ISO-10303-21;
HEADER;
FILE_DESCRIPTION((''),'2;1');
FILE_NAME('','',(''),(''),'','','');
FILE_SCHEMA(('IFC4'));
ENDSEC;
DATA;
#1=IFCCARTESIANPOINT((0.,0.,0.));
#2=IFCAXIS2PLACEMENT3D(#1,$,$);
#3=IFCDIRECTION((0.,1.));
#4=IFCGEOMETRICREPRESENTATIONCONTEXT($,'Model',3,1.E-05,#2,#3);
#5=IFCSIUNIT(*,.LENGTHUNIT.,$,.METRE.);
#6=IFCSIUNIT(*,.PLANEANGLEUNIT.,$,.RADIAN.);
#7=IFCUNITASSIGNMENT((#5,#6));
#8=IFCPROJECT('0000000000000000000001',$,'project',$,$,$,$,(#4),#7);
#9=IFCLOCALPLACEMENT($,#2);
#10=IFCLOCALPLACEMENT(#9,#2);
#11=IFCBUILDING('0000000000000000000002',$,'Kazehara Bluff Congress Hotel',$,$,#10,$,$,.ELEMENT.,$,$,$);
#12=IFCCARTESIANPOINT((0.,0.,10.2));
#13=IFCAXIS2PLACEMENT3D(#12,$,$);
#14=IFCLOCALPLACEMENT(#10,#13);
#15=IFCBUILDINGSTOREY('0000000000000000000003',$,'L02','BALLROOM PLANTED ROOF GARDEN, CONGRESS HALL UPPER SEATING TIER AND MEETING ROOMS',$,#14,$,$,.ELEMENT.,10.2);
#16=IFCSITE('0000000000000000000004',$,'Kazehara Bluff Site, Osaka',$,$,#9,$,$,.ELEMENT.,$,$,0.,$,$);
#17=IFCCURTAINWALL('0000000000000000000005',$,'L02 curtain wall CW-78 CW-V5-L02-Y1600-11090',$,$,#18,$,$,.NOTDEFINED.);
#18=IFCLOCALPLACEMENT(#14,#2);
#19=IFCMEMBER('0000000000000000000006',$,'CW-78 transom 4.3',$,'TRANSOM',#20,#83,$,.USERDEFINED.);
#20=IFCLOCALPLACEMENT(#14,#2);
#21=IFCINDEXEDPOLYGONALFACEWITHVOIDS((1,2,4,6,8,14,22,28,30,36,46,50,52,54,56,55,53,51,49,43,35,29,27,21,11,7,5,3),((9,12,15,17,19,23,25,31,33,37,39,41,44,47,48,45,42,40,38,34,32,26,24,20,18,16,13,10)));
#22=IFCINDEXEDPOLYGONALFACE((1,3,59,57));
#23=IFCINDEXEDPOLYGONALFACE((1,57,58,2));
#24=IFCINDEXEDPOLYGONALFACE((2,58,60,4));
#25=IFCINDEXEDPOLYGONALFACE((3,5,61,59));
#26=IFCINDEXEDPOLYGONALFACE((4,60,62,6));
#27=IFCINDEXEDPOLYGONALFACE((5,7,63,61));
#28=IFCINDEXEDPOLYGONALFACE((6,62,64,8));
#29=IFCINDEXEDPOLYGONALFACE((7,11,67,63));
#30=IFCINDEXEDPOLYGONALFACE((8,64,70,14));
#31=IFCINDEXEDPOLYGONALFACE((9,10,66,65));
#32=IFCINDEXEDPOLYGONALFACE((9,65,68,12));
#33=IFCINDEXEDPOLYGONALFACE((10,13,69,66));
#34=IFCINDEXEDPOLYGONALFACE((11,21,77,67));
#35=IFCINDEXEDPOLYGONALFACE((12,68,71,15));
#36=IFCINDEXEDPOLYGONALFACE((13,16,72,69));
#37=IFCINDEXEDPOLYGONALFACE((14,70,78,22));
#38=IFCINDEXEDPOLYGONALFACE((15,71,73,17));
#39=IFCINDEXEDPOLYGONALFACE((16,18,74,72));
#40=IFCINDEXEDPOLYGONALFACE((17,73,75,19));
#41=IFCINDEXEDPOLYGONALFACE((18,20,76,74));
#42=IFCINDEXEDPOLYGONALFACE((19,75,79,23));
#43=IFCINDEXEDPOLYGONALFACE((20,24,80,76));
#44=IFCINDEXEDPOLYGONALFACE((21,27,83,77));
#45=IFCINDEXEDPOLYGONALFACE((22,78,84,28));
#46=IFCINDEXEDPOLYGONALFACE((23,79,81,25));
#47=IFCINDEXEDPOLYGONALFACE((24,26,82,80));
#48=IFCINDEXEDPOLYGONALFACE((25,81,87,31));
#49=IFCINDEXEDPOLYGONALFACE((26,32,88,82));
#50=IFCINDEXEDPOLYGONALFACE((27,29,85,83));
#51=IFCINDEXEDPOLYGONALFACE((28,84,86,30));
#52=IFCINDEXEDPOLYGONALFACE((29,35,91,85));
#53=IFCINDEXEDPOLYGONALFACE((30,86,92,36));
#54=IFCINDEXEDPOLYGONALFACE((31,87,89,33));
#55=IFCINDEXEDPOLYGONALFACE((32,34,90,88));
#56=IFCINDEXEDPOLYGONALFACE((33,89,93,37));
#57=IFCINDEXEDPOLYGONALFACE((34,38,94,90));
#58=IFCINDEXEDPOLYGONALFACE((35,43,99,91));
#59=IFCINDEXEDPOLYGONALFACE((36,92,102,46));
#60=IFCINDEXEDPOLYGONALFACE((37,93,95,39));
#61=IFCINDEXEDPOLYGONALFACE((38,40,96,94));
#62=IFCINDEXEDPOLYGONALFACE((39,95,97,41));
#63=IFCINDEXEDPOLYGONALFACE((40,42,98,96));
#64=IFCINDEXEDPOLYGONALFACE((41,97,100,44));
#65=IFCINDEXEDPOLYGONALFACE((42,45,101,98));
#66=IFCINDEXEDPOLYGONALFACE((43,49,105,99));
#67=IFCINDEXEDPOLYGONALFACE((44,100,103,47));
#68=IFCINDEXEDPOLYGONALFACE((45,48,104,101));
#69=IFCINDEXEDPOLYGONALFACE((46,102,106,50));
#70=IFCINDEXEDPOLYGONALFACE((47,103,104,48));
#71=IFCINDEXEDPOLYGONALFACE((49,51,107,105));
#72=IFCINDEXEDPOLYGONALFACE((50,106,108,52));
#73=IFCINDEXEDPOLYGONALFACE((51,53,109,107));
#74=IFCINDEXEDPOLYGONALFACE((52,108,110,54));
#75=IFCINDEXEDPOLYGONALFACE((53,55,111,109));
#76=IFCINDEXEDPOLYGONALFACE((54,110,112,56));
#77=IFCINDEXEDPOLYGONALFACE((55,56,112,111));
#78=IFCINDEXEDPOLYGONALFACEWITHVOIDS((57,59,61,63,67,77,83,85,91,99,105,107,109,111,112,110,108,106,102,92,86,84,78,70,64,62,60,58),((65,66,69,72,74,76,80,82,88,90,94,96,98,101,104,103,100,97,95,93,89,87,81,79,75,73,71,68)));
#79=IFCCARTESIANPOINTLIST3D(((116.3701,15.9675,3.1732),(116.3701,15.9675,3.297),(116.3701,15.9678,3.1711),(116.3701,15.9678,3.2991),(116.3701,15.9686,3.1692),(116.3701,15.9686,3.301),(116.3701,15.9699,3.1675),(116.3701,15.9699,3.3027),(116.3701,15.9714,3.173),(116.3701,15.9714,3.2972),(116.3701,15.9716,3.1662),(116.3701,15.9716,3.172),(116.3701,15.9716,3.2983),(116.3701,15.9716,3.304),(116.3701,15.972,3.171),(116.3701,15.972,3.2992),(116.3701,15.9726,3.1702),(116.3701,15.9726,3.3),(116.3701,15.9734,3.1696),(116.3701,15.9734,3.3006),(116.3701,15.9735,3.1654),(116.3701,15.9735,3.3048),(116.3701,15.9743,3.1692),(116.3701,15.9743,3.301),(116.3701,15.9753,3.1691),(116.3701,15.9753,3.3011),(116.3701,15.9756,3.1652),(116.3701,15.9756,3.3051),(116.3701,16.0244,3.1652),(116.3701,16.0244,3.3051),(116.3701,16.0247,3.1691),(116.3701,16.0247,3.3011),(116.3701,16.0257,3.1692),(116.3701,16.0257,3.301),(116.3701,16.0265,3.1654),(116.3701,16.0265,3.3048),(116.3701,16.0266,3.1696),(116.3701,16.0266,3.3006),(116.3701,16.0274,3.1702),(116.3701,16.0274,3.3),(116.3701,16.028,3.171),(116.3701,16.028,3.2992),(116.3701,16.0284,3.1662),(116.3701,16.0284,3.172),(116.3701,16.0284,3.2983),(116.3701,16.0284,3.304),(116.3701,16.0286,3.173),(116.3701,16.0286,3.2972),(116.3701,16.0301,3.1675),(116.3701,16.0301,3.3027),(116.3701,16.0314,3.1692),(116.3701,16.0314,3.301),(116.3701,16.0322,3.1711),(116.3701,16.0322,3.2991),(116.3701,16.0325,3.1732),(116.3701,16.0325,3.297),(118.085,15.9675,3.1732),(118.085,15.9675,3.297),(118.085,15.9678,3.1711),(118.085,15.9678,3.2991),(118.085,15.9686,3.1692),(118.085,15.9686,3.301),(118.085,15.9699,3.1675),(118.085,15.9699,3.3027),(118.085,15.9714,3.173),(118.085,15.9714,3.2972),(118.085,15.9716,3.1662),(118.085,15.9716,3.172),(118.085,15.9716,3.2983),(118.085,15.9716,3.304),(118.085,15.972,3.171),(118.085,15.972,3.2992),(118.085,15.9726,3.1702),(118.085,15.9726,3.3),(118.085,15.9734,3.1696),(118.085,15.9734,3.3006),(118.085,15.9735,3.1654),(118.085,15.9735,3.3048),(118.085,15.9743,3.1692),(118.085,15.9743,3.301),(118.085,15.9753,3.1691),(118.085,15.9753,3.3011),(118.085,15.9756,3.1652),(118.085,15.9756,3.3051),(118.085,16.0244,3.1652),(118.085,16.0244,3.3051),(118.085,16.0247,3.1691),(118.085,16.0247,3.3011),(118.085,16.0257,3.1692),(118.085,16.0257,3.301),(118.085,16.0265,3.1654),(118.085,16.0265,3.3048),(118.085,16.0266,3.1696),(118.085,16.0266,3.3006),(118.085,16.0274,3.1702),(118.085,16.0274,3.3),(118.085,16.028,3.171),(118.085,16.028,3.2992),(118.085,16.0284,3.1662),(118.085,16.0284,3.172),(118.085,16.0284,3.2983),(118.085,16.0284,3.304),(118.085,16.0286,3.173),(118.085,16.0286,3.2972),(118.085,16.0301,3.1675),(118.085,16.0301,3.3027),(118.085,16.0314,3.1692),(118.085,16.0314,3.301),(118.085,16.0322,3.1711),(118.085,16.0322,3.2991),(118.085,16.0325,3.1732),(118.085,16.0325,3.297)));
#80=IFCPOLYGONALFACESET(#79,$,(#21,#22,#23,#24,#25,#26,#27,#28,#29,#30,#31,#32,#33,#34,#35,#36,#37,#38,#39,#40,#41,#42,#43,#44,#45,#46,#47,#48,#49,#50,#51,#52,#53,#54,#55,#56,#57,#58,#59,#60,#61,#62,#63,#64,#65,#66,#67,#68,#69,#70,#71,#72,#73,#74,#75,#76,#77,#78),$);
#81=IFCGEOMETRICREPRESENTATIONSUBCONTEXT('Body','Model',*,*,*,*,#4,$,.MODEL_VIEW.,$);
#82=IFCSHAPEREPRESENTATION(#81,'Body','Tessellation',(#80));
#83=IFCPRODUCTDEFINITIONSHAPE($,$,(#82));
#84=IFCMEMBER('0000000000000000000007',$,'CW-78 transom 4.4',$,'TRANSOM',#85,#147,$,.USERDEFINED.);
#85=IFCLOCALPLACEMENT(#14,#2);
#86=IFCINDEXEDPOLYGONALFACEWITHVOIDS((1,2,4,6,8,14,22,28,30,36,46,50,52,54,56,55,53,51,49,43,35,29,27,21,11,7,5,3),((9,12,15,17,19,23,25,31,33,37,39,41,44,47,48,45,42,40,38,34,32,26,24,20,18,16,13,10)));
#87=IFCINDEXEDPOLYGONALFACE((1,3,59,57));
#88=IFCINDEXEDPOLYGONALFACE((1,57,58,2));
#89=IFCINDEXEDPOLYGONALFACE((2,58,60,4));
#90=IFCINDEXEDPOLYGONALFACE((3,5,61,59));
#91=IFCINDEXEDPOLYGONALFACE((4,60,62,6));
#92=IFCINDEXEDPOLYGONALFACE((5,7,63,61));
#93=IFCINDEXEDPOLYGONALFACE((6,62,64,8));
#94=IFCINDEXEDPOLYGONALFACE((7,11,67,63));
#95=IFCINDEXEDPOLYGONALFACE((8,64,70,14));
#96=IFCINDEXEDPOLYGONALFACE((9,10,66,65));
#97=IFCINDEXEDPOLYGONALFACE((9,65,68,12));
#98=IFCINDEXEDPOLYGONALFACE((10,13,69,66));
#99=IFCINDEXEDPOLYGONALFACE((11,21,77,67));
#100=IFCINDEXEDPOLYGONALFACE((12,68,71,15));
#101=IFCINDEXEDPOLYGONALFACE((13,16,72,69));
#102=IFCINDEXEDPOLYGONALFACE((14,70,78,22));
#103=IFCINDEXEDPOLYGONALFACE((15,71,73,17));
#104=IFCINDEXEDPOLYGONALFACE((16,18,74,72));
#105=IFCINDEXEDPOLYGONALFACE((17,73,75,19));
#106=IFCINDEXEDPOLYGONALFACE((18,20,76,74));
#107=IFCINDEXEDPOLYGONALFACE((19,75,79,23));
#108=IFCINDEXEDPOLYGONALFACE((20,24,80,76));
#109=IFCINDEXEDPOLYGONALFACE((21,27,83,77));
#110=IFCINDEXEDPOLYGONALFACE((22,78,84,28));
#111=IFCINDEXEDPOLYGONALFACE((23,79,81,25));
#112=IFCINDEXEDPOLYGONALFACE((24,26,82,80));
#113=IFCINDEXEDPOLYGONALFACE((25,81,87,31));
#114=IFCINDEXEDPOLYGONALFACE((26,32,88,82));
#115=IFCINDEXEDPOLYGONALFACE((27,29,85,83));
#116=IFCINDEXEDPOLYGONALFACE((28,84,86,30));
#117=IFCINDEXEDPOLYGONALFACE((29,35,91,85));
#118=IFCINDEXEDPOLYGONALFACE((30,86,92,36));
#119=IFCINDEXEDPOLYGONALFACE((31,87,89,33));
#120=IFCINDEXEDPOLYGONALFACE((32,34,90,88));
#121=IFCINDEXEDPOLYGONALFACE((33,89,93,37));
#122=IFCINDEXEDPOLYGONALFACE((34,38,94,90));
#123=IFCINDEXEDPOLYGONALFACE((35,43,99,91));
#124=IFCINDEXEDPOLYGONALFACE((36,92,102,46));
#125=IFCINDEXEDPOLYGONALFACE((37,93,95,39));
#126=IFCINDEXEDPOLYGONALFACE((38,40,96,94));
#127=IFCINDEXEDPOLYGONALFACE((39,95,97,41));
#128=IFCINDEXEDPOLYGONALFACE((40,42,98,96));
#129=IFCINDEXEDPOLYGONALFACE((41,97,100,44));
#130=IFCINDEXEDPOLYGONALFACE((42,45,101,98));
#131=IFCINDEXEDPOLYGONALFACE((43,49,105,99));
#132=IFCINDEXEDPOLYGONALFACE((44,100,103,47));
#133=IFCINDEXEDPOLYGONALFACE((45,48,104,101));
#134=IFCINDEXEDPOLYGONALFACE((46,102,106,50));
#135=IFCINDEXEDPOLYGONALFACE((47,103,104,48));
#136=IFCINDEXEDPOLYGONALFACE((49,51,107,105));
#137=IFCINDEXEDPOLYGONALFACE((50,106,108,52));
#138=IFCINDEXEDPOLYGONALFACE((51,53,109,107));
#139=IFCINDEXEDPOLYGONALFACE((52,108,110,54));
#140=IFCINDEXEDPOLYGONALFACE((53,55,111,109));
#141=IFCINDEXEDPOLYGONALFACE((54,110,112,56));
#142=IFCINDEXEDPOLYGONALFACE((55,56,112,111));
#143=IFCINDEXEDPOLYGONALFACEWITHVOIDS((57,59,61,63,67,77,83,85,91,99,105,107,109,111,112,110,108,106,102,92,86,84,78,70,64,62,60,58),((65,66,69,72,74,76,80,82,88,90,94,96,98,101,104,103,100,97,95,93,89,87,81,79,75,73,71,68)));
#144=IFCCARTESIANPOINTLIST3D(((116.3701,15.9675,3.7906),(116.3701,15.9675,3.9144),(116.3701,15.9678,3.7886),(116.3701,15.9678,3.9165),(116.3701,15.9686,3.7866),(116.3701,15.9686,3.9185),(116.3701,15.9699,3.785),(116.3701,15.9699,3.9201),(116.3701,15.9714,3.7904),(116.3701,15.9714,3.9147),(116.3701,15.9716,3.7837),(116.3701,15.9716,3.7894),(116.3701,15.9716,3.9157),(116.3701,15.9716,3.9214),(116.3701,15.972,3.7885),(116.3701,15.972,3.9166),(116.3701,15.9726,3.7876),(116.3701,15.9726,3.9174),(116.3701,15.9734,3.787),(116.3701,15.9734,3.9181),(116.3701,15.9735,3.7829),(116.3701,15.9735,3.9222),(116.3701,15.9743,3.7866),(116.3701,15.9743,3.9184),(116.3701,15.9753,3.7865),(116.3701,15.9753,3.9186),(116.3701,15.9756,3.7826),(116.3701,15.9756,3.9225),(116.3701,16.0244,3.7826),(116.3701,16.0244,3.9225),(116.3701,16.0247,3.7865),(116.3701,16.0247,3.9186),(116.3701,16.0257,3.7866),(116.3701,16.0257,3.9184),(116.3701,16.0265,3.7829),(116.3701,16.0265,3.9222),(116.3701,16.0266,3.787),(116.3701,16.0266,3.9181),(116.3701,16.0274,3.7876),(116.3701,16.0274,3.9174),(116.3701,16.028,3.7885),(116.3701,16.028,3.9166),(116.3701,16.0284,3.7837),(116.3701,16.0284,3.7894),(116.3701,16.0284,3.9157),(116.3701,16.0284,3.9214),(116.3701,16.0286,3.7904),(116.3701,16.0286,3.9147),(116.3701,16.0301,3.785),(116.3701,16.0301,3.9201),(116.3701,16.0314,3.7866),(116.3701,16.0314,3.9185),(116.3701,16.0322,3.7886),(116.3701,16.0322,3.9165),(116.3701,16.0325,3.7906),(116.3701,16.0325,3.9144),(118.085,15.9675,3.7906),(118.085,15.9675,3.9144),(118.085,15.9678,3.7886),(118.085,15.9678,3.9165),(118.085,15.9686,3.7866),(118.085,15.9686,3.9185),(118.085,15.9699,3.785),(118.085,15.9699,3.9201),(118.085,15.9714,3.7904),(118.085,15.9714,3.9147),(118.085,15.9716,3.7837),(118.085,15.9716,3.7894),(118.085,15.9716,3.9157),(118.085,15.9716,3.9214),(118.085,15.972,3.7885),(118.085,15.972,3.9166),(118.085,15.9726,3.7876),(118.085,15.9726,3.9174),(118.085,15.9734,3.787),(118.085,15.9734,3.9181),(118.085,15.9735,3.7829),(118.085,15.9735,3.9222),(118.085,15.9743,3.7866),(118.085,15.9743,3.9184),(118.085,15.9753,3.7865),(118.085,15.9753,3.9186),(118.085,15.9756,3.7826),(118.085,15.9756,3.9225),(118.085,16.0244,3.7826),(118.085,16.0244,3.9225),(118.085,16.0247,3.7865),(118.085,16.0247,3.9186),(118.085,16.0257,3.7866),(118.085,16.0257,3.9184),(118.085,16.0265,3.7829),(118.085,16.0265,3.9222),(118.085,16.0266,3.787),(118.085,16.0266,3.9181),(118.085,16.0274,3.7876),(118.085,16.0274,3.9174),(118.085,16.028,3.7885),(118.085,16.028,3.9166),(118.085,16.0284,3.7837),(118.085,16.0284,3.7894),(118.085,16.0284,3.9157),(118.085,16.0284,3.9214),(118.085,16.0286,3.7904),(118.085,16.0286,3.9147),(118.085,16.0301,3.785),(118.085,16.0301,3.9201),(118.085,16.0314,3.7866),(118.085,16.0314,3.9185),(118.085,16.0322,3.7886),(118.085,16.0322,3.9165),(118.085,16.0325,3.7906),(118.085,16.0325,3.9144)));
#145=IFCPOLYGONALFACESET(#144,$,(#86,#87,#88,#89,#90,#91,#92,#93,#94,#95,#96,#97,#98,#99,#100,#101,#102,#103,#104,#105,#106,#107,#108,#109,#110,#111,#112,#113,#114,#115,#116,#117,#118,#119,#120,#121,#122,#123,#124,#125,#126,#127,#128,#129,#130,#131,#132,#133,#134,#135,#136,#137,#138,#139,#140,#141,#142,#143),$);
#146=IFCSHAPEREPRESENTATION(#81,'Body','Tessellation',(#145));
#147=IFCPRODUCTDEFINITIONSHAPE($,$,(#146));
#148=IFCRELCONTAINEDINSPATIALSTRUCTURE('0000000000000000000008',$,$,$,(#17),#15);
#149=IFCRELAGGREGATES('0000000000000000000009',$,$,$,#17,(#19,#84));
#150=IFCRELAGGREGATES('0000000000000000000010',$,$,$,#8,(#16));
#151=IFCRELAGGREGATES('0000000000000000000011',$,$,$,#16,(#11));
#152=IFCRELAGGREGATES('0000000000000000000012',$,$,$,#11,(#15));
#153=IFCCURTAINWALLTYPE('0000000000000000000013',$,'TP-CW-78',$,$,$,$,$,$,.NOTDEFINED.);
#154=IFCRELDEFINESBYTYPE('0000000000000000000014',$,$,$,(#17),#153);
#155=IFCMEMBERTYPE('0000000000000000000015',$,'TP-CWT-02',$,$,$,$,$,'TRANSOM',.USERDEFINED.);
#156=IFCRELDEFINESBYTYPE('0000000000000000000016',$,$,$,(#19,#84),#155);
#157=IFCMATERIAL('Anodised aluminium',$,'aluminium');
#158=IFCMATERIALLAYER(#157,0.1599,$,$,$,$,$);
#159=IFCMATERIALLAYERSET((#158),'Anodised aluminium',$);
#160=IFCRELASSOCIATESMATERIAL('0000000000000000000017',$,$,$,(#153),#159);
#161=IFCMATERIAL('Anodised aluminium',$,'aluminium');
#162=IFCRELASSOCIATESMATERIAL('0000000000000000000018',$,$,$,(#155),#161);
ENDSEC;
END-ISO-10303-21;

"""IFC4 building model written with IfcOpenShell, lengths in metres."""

from ifc_helpers import new_model, si_unit, direction, frame, origin, origin_2d, place, context, subcontext, project, spatial, hollow_rectangle, extrude, material, layer, layer_set, material_profile, profile_set, type_object, element, aggregate, save


model = new_model("IFC4")

# Units and contexts
model_context = context("Model", 3, precision=1e-05, world=origin(), true_north=direction((0.0, 1.0)))
body_context = subcontext(model_context, "Body", "Model", "MODEL_VIEW")
ifc_project = project(units=[si_unit("LENGTHUNIT", "METRE"), si_unit("PLANEANGLEUNIT", "RADIAN")], contexts=[model_context])

# Site, building, storey
site_placement = place(None, origin())
site = spatial("IfcSite", under=ifc_project, at=site_placement, Name="Kazehara Bluff Site, Osaka", CompositionType="ELEMENT", RefElevation=0.0)
building_placement = place(site_placement, origin())
building = spatial("IfcBuilding", under=site, at=building_placement, Name="Kazehara Bluff Congress Hotel", CompositionType="ELEMENT")
storey_placement = place(building_placement, frame((0.0, 0.0, 10.2)))
storey = spatial("IfcBuildingStorey", under=building, at=storey_placement, Name="L02", Description="BALLROOM PLANTED ROOF GARDEN, CONGRESS HALL UPPER SEATING TIER AND MEETING ROOMS", CompositionType="ELEMENT", Elevation=10.2)

# Curtain wall
ifc_material_1 = material(Name="Anodised aluminium", Category="aluminium")
ifc_layer_1 = layer(ifc_material_1, 0.1599)
ifc_layer_set_1 = layer_set([ifc_layer_1], Name="Anodised aluminium")
curtain_wall_type_1 = type_object("IfcCurtainWallType", Name="TP-CW-78", PredefinedType="NOTDEFINED", material=ifc_layer_set_1)
curtain_wall_1_placement = place(storey_placement, origin())
curtain_wall_1 = element("IfcCurtainWall", 1, at=curtain_wall_1_placement, inside=storey, type_object=curtain_wall_type_1, Name="L02 curtain wall CW-78 CW-V5-L02-Y1600-11090", PredefinedType="NOTDEFINED")

# Members
ifc_material_2 = material(Name="Anodised aluminium", Category="aluminium")
ifc_material_profile_1 = material_profile(ifc_material_2, hollow_rectangle(XDim=0.0649, YDim=0.1399, WallThickness=0.0039, InnerFilletRadius=0.0039, OuterFilletRadius=0.0081, at=origin_2d()))
ifc_profile_set_1 = profile_set([ifc_material_profile_1], Name="Anodised aluminium")
member_type_1 = type_object("IfcMemberType", Name="TP-CWT-02", ElementType="TRANSOM", PredefinedType="USERDEFINED", material=ifc_profile_set_1)
member_1_placement = place(storey_placement, frame((116.3701, 16.0, 3.2351), z_axis=(1.0, 0.0, 0.0), x_axis=(0.0, 1.0, 0.0)))
member_1 = element("IfcMember", 2, at=member_1_placement, type_object=member_type_1, Name="CW-78 transom 4.3", ObjectType="TRANSOM", PredefinedType="USERDEFINED", context=body_context, shape_type="SweptSolid", body=[
    extrude(hollow_rectangle(XDim=0.0649, YDim=0.1399, WallThickness=0.0039, InnerFilletRadius=0.0039, OuterFilletRadius=0.0081, at=origin_2d()), origin(), (0.0, 0.0, 1.0), 1.7148),
])
member_2_placement = place(storey_placement, frame((116.3701, 16.0, 3.8525), z_axis=(1.0, 0.0, 0.0), x_axis=(0.0, 1.0, 0.0)))
member_2 = element("IfcMember", 3, at=member_2_placement, type_object=member_type_1, Name="CW-78 transom 4.4", ObjectType="TRANSOM", PredefinedType="USERDEFINED", context=body_context, shape_type="SweptSolid", body=[
    extrude(hollow_rectangle(XDim=0.0649, YDim=0.1399, WallThickness=0.0039, InnerFilletRadius=0.0039, OuterFilletRadius=0.0081, at=origin_2d()), origin(), (0.0, 0.0, 1.0), 1.7148),
])

aggregate(curtain_wall_1, [member_1, member_2])

save(model, "model.ifc")
